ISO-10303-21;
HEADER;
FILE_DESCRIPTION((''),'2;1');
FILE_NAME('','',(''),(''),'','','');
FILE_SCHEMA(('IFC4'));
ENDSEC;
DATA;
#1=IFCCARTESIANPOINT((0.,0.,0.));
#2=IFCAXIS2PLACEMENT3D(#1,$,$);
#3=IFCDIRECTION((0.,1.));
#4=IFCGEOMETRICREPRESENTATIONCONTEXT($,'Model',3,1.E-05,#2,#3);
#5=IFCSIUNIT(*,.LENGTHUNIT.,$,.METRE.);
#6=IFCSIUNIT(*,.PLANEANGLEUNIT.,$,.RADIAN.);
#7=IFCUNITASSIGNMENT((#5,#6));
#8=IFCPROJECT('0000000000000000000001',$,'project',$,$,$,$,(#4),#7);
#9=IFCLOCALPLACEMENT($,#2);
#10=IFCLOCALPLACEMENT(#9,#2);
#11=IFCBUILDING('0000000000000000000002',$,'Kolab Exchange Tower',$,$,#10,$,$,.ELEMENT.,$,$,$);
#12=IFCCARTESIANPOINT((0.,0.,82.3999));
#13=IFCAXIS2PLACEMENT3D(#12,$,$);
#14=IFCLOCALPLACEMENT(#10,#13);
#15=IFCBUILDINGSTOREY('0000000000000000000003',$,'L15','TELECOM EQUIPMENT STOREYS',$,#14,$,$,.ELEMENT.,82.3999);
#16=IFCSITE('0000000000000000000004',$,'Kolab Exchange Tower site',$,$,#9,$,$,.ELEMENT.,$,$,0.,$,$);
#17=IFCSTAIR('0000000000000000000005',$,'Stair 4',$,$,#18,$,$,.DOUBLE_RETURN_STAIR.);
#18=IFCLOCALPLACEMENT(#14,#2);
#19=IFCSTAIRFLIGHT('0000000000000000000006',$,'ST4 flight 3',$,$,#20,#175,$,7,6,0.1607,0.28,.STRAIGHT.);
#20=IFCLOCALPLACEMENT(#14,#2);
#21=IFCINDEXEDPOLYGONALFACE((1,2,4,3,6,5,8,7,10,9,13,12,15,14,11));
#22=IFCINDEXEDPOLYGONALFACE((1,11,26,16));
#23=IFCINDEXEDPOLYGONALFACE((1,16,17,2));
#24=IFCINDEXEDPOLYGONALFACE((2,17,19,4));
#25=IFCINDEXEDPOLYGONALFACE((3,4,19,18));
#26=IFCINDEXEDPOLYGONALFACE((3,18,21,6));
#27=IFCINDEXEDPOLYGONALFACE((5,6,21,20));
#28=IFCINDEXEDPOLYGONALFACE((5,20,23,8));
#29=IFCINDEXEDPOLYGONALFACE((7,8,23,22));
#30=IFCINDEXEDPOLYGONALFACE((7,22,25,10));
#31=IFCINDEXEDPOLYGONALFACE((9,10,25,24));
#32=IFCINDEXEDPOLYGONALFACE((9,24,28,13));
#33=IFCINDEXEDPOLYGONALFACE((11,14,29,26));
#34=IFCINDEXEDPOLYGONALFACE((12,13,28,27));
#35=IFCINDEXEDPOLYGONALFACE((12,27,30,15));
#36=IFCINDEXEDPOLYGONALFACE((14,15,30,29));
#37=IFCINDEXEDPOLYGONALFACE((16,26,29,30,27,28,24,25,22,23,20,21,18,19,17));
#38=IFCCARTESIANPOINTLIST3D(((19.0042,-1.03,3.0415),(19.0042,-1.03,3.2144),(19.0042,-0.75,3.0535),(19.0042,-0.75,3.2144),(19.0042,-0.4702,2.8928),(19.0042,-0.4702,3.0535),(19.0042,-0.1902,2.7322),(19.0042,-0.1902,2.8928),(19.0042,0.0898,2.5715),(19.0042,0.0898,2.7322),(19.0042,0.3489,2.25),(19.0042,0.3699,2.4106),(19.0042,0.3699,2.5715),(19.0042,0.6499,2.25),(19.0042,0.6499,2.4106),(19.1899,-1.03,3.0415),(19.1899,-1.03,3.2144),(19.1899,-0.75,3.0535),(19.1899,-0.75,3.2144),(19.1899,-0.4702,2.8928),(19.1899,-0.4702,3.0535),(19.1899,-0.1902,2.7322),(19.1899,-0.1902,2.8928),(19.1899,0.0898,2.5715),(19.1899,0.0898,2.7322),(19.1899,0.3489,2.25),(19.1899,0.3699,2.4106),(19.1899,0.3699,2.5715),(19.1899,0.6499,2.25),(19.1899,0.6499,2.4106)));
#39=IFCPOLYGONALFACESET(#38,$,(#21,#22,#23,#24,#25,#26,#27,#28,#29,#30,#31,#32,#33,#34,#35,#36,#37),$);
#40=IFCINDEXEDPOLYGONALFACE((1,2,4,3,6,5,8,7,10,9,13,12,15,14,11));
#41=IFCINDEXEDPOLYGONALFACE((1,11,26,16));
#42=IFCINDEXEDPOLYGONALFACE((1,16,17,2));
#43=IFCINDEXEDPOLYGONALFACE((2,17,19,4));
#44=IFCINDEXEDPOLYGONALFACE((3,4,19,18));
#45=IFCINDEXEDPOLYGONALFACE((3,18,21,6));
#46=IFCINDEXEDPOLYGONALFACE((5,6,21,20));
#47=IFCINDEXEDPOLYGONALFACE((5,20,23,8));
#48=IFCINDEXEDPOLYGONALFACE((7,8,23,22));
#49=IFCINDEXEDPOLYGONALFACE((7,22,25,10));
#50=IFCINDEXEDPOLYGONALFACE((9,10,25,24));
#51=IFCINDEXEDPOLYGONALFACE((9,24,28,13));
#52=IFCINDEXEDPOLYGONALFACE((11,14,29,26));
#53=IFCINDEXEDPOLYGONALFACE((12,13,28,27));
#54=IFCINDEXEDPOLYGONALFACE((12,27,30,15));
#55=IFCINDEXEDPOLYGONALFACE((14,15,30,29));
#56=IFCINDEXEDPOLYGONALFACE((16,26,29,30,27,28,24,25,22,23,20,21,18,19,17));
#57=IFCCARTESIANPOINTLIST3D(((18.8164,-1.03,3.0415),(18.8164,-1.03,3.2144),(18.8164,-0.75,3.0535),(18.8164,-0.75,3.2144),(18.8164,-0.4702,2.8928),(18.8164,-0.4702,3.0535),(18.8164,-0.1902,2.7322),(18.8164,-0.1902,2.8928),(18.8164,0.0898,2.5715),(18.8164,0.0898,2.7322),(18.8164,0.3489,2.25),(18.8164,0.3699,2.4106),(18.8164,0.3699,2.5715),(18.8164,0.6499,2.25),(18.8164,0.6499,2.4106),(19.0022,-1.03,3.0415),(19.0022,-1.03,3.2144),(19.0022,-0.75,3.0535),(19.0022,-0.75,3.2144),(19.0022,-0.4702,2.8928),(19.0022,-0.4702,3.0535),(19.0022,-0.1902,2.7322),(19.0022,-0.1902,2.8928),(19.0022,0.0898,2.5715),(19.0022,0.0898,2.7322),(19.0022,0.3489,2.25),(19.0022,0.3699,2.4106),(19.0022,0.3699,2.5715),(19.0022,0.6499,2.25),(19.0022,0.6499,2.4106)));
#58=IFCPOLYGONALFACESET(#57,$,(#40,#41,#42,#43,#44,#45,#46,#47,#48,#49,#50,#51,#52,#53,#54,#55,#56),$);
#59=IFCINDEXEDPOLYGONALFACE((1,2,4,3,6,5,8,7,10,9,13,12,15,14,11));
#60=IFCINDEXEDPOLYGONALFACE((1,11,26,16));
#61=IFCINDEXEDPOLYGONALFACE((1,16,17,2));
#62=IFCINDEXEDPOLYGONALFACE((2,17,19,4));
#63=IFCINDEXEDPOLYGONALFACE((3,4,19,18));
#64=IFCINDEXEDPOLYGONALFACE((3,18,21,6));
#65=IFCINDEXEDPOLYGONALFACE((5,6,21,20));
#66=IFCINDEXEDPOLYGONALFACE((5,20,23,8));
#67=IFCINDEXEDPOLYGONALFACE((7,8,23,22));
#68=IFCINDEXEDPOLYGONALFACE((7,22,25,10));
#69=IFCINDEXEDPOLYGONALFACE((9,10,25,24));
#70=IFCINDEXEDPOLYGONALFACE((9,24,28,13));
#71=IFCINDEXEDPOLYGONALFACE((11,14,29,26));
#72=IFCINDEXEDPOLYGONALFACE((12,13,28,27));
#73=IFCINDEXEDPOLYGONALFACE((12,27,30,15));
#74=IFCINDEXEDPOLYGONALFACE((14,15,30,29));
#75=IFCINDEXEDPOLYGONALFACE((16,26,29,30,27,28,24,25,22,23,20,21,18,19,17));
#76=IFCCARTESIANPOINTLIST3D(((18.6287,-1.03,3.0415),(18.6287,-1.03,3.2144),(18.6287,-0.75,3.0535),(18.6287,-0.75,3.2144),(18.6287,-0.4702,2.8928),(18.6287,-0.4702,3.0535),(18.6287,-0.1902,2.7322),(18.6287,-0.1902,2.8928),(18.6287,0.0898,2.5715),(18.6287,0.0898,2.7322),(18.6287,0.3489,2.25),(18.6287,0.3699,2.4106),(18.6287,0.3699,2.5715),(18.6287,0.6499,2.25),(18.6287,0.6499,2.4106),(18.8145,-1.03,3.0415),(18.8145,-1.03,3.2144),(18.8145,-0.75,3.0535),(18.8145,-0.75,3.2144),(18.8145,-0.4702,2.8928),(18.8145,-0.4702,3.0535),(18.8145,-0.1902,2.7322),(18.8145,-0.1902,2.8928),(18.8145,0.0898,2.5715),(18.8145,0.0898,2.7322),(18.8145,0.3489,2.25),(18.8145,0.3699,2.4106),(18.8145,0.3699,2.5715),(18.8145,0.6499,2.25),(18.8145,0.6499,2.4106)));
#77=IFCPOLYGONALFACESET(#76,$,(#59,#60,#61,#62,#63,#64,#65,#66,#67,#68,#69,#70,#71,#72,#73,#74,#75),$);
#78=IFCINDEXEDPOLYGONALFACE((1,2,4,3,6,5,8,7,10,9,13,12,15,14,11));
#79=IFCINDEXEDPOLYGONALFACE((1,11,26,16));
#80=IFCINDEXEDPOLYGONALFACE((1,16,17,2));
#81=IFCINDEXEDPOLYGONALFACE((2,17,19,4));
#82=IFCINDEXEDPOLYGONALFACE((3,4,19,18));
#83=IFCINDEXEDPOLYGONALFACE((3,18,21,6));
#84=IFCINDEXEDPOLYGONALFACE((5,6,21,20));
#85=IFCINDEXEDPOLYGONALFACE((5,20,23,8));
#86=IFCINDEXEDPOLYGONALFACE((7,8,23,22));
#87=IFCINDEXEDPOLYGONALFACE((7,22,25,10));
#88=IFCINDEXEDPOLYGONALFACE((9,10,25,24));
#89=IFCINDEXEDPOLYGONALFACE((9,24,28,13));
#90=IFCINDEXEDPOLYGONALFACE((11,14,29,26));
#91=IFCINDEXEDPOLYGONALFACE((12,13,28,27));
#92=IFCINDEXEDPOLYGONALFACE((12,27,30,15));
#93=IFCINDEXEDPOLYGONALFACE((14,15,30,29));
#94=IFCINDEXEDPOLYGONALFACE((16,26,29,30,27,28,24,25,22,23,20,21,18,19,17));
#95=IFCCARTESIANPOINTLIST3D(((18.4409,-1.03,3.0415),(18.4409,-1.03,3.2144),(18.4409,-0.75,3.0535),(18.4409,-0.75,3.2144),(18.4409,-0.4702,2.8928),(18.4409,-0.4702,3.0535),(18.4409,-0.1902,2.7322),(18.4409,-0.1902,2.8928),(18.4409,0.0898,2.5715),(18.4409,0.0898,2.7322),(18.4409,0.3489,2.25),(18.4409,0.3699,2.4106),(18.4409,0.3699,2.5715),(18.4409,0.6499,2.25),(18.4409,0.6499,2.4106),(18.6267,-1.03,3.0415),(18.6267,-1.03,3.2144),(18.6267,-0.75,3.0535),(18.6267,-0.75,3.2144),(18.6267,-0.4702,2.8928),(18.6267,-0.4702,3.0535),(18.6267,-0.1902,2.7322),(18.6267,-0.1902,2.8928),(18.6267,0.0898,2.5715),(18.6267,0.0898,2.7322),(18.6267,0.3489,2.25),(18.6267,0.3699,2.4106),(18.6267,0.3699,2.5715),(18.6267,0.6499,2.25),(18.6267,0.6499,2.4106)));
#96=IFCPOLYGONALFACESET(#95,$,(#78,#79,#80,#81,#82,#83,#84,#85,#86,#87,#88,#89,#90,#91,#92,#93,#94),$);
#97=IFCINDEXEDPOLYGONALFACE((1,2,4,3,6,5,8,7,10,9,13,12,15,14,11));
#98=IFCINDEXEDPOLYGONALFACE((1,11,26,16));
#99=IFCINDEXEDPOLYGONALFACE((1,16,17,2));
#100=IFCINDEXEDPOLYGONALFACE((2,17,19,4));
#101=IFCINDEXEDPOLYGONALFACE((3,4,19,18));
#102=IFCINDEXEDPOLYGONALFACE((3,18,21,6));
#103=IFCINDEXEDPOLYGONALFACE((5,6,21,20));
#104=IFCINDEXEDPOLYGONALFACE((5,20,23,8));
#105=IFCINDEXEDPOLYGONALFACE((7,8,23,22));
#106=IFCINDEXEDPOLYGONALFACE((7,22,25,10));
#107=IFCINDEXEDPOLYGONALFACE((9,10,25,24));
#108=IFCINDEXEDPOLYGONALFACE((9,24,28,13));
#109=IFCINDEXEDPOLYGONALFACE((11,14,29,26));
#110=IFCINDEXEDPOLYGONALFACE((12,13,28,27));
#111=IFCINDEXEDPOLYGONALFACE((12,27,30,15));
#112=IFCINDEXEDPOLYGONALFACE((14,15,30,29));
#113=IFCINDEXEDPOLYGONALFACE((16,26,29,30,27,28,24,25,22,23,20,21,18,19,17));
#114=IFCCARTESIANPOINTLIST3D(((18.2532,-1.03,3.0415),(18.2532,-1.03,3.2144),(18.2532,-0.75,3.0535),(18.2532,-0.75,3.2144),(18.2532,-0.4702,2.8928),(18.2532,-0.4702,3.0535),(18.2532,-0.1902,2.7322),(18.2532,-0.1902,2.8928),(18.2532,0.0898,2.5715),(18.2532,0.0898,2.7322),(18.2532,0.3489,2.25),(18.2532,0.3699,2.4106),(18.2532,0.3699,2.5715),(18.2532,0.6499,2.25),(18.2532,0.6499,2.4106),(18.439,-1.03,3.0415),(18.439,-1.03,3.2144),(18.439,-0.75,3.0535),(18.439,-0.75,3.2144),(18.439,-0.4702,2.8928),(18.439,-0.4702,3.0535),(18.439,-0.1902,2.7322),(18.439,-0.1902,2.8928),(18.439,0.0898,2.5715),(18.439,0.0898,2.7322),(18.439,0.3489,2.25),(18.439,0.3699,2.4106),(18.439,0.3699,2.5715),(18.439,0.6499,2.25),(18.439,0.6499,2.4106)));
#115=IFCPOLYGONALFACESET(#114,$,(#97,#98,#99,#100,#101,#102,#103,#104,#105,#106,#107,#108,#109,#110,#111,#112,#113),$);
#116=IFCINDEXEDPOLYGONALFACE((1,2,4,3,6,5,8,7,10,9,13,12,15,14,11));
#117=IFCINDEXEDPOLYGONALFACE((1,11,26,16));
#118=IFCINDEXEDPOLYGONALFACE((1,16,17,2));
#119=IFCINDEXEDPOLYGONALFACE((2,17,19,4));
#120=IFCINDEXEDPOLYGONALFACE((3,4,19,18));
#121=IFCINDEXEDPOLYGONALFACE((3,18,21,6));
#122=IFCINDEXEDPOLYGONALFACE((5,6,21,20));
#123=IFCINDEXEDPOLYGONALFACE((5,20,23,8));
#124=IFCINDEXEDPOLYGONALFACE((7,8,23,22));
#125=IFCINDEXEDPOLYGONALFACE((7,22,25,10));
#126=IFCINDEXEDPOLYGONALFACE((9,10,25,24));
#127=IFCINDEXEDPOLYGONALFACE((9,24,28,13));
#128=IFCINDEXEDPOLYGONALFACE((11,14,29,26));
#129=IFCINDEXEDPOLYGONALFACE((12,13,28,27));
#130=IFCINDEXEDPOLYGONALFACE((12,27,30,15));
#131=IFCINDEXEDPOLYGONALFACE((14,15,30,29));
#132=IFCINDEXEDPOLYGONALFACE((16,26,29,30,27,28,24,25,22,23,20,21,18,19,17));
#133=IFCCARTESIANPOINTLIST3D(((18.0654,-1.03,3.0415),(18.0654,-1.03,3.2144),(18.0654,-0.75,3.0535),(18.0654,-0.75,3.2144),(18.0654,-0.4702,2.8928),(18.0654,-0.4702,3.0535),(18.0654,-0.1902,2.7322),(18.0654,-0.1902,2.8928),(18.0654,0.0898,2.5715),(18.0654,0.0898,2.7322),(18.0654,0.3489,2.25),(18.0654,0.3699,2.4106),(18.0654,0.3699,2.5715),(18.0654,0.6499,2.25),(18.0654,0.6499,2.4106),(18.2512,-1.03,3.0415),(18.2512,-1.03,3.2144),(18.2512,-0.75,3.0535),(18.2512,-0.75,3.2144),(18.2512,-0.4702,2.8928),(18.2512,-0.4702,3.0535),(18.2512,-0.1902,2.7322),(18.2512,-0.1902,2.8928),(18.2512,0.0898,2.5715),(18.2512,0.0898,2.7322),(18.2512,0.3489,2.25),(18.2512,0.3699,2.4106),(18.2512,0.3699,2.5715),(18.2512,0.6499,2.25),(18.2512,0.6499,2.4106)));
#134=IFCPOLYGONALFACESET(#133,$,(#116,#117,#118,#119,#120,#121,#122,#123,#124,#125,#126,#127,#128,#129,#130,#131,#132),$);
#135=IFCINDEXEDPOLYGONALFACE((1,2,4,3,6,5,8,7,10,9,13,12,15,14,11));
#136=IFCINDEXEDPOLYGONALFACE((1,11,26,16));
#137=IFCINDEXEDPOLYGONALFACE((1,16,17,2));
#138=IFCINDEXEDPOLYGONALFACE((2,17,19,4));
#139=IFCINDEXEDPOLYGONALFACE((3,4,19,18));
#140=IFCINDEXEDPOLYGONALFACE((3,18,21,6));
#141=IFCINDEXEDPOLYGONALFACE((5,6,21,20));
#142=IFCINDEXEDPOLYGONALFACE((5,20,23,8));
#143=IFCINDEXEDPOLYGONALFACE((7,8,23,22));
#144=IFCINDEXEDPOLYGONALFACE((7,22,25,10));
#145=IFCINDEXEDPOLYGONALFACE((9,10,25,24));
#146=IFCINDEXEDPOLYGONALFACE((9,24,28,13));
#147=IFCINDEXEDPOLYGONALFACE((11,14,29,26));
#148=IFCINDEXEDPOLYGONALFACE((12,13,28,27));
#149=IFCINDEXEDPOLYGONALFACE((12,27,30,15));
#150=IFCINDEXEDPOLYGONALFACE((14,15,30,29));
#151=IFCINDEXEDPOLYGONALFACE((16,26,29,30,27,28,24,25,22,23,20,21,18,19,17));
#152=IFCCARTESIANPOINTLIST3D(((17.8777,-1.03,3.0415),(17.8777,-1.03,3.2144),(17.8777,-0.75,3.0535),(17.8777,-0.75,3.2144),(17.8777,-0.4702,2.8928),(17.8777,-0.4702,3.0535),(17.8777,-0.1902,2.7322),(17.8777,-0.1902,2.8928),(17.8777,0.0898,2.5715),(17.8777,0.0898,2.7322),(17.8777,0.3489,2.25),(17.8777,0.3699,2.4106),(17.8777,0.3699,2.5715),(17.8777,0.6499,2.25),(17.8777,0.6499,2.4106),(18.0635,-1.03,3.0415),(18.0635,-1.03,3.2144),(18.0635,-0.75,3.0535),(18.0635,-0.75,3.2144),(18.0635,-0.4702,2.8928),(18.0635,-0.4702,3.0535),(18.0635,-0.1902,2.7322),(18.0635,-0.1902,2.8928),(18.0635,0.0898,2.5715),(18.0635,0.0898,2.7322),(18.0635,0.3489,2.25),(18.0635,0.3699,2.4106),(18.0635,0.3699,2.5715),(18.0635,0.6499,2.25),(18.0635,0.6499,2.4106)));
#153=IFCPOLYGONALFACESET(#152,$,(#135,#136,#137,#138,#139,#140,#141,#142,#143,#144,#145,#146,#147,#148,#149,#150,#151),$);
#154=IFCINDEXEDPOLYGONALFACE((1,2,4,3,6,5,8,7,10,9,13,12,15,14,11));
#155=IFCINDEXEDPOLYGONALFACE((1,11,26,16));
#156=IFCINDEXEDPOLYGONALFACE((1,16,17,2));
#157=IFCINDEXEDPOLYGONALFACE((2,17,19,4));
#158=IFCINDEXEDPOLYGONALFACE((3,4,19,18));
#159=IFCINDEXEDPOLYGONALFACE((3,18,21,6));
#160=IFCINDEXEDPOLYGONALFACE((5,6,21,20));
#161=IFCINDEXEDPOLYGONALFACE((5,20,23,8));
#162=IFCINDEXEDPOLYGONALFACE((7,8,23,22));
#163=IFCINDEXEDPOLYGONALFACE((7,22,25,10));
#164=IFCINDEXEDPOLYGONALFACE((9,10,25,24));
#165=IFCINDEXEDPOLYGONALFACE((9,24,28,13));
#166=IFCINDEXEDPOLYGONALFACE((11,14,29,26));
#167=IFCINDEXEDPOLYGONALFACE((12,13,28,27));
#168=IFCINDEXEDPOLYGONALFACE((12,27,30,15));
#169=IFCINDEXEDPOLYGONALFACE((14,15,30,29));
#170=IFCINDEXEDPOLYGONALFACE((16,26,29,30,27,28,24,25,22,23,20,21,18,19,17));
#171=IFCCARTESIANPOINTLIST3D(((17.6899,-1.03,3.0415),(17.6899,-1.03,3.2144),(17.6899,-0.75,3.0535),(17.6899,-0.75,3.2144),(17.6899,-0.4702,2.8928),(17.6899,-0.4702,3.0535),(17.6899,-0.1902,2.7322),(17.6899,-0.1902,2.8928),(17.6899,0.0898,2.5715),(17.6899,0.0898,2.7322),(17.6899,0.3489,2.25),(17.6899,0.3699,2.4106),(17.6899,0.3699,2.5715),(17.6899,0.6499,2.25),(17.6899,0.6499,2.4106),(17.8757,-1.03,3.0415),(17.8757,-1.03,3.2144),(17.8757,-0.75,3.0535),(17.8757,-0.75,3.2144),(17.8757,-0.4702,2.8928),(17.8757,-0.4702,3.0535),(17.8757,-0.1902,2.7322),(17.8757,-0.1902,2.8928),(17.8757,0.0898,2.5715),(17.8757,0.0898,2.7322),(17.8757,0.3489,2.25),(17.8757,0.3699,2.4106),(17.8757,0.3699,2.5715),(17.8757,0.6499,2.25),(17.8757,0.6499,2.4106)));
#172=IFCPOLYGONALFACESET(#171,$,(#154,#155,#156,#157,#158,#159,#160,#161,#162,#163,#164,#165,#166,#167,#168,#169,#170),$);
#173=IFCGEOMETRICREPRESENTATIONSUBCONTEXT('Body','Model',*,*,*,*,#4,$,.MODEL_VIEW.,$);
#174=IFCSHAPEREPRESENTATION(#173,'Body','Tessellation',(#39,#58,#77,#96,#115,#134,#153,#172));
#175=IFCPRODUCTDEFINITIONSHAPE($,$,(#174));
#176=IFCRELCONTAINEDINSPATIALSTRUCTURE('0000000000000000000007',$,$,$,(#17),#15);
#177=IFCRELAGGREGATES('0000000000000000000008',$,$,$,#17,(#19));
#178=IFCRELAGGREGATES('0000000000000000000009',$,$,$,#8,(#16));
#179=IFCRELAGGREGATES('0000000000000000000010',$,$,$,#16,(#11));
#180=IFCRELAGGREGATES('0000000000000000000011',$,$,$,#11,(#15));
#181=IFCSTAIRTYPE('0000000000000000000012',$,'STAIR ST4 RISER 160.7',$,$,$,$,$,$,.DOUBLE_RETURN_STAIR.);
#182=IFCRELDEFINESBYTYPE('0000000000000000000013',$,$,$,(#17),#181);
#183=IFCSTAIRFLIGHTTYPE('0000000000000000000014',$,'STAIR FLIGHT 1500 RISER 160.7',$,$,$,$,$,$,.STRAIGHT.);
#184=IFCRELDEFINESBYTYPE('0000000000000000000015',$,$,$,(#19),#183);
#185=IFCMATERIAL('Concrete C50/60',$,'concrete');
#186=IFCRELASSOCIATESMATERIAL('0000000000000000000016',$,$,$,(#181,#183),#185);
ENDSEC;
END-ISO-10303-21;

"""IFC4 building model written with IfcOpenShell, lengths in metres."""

from ifc_helpers import new_model, si_unit, direction, frame, origin, place, context, subcontext, project, spatial, polyline, outline, extrude, material, type_object, element, aggregate, save


model = new_model("IFC4")

# Units and contexts
model_context = context("Model", 3, precision=1e-05, world=origin(), true_north=direction((0.0, 1.0)))
body_context = subcontext(model_context, "Body", "Model", "MODEL_VIEW")
ifc_project = project(units=[si_unit("LENGTHUNIT", "METRE"), si_unit("PLANEANGLEUNIT", "RADIAN")], contexts=[model_context])

# Site, building, storey
site_placement = place(None, origin())
site = spatial("IfcSite", under=ifc_project, at=site_placement, Name="Kolab Exchange Tower site", CompositionType="ELEMENT", RefElevation=0.0)
building_placement = place(site_placement, origin())
building = spatial("IfcBuilding", under=site, at=building_placement, Name="Kolab Exchange Tower", CompositionType="ELEMENT")
storey_placement = place(building_placement, frame((0.0, 0.0, 82.3999)))
storey = spatial("IfcBuildingStorey", under=building, at=storey_placement, Name="L15", Description="TELECOM EQUIPMENT STOREYS", CompositionType="ELEMENT", Elevation=82.3999)

# Shared definitions
ifc_material_1 = material(Name="Concrete C50/60", Category="concrete")

# Stair, stair flight
stair_type = type_object("IfcStairType", Name="STAIR ST4 RISER 160.7", PredefinedType="DOUBLE_RETURN_STAIR", material=ifc_material_1)
stair_placement = place(storey_placement, origin())
stair = element("IfcStair", 1, at=stair_placement, inside=storey, type_object=stair_type, Name="Stair 4", PredefinedType="DOUBLE_RETURN_STAIR")
stair_flight_type = type_object("IfcStairFlightType", Name="STAIR FLIGHT 1500 RISER 160.7", PredefinedType="STRAIGHT", material=ifc_material_1)
stair_flight_1_placement = place(storey_placement, frame((18.4399, 0.6499, 2.25), z_axis=(0.0, 0.0, 1.0), x_axis=(0.0, -1.0, 0.0)))
stair_flight_1 = element("IfcStairFlight", 2, at=stair_flight_1_placement, type_object=stair_flight_type, Name="ST4 flight 3", NumberOfRisers=7, NumberOfTreads=6, PredefinedType="STRAIGHT", RiserHeight=0.1607, TreadLength=0.28, context=body_context, shape_type="SweptSolid", body=[
    extrude(outline(polyline([(0.0, 0.0), (0.0, 0.1606), (0.28, 0.1606), (0.28, 0.3215), (0.5601, 0.3215), (0.5601, 0.4822), (0.8401, 0.4822), (0.8401, 0.6428), (1.1201, 0.6428), (1.1201, 0.8035), (1.3999, 0.8035), (1.3999, 0.9644), (1.6799, 0.9644), (1.6799, 1.125), (1.6799, 0.7915), (0.301, 0.0), (0.0, 0.0)])), frame((0.0, 0.75, 0.0), z_axis=(0.0, -1.0, 0.0), x_axis=(1.0, 0.0, 0.0)), (0.0, 0.0, 1.0), 0.1858),
    extrude(outline(polyline([(0.0, 0.0), (0.0, 0.1606), (0.28, 0.1606), (0.28, 0.3215), (0.5601, 0.3215), (0.5601, 0.4822), (0.8401, 0.4822), (0.8401, 0.6428), (1.1201, 0.6428), (1.1201, 0.8035), (1.3999, 0.8035), (1.3999, 0.9644), (1.6799, 0.9644), (1.6799, 1.125), (1.6799, 0.7915), (0.301, 0.0), (0.0, 0.0)])), frame((0.0, 0.5623, 0.0), z_axis=(0.0, -1.0, 0.0), x_axis=(1.0, 0.0, 0.0)), (0.0, 0.0, 1.0), 0.1858),
    extrude(outline(polyline([(0.0, 0.0), (0.0, 0.1606), (0.28, 0.1606), (0.28, 0.3215), (0.5601, 0.3215), (0.5601, 0.4822), (0.8401, 0.4822), (0.8401, 0.6428), (1.1201, 0.6428), (1.1201, 0.8035), (1.3999, 0.8035), (1.3999, 0.9644), (1.6799, 0.9644), (1.6799, 1.125), (1.6799, 0.7915), (0.301, 0.0), (0.0, 0.0)])), frame((0.0, 0.3745, 0.0), z_axis=(0.0, -1.0, 0.0), x_axis=(1.0, 0.0, 0.0)), (0.0, 0.0, 1.0), 0.1858),
    extrude(outline(polyline([(0.0, 0.0), (0.0, 0.1606), (0.28, 0.1606), (0.28, 0.3215), (0.5601, 0.3215), (0.5601, 0.4822), (0.8401, 0.4822), (0.8401, 0.6428), (1.1201, 0.6428), (1.1201, 0.8035), (1.3999, 0.8035), (1.3999, 0.9644), (1.6799, 0.9644), (1.6799, 1.125), (1.6799, 0.7915), (0.301, 0.0), (0.0, 0.0)])), frame((0.0, 0.1868, 0.0), z_axis=(0.0, -1.0, 0.0), x_axis=(1.0, 0.0, 0.0)), (0.0, 0.0, 1.0), 0.1858),
    extrude(outline(polyline([(0.0, 0.0), (0.0, 0.1606), (0.28, 0.1606), (0.28, 0.3215), (0.5601, 0.3215), (0.5601, 0.4822), (0.8401, 0.4822), (0.8401, 0.6428), (1.1201, 0.6428), (1.1201, 0.8035), (1.3999, 0.8035), (1.3999, 0.9644), (1.6799, 0.9644), (1.6799, 1.125), (1.6799, 0.7915), (0.301, 0.0), (0.0, 0.0)])), frame((0.0, -0.001, 0.0), z_axis=(0.0, -1.0, 0.0), x_axis=(1.0, 0.0, 0.0)), (0.0, 0.0, 1.0), 0.1858),
    extrude(outline(polyline([(0.0, 0.0), (0.0, 0.1606), (0.28, 0.1606), (0.28, 0.3215), (0.5601, 0.3215), (0.5601, 0.4822), (0.8401, 0.4822), (0.8401, 0.6428), (1.1201, 0.6428), (1.1201, 0.8035), (1.3999, 0.8035), (1.3999, 0.9644), (1.6799, 0.9644), (1.6799, 1.125), (1.6799, 0.7915), (0.301, 0.0), (0.0, 0.0)])), frame((0.0, -0.1887, 0.0), z_axis=(0.0, -1.0, 0.0), x_axis=(1.0, 0.0, 0.0)), (0.0, 0.0, 1.0), 0.1858),
    extrude(outline(polyline([(0.0, 0.0), (0.0, 0.1606), (0.28, 0.1606), (0.28, 0.3215), (0.5601, 0.3215), (0.5601, 0.4822), (0.8401, 0.4822), (0.8401, 0.6428), (1.1201, 0.6428), (1.1201, 0.8035), (1.3999, 0.8035), (1.3999, 0.9644), (1.6799, 0.9644), (1.6799, 1.125), (1.6799, 0.7915), (0.301, 0.0), (0.0, 0.0)])), frame((0.0, -0.3765, 0.0), z_axis=(0.0, -1.0, 0.0), x_axis=(1.0, 0.0, 0.0)), (0.0, 0.0, 1.0), 0.1858),
    extrude(outline(polyline([(0.0, 0.0), (0.0, 0.1606), (0.28, 0.1606), (0.28, 0.3215), (0.5601, 0.3215), (0.5601, 0.4822), (0.8401, 0.4822), (0.8401, 0.6428), (1.1201, 0.6428), (1.1201, 0.8035), (1.3999, 0.8035), (1.3999, 0.9644), (1.6799, 0.9644), (1.6799, 1.125), (1.6799, 0.7915), (0.301, 0.0), (0.0, 0.0)])), frame((0.0, -0.5642, 0.0), z_axis=(0.0, -1.0, 0.0), x_axis=(1.0, 0.0, 0.0)), (0.0, 0.0, 1.0), 0.1858),
])
aggregate(stair, [stair_flight_1])

save(model, "model.ifc")
